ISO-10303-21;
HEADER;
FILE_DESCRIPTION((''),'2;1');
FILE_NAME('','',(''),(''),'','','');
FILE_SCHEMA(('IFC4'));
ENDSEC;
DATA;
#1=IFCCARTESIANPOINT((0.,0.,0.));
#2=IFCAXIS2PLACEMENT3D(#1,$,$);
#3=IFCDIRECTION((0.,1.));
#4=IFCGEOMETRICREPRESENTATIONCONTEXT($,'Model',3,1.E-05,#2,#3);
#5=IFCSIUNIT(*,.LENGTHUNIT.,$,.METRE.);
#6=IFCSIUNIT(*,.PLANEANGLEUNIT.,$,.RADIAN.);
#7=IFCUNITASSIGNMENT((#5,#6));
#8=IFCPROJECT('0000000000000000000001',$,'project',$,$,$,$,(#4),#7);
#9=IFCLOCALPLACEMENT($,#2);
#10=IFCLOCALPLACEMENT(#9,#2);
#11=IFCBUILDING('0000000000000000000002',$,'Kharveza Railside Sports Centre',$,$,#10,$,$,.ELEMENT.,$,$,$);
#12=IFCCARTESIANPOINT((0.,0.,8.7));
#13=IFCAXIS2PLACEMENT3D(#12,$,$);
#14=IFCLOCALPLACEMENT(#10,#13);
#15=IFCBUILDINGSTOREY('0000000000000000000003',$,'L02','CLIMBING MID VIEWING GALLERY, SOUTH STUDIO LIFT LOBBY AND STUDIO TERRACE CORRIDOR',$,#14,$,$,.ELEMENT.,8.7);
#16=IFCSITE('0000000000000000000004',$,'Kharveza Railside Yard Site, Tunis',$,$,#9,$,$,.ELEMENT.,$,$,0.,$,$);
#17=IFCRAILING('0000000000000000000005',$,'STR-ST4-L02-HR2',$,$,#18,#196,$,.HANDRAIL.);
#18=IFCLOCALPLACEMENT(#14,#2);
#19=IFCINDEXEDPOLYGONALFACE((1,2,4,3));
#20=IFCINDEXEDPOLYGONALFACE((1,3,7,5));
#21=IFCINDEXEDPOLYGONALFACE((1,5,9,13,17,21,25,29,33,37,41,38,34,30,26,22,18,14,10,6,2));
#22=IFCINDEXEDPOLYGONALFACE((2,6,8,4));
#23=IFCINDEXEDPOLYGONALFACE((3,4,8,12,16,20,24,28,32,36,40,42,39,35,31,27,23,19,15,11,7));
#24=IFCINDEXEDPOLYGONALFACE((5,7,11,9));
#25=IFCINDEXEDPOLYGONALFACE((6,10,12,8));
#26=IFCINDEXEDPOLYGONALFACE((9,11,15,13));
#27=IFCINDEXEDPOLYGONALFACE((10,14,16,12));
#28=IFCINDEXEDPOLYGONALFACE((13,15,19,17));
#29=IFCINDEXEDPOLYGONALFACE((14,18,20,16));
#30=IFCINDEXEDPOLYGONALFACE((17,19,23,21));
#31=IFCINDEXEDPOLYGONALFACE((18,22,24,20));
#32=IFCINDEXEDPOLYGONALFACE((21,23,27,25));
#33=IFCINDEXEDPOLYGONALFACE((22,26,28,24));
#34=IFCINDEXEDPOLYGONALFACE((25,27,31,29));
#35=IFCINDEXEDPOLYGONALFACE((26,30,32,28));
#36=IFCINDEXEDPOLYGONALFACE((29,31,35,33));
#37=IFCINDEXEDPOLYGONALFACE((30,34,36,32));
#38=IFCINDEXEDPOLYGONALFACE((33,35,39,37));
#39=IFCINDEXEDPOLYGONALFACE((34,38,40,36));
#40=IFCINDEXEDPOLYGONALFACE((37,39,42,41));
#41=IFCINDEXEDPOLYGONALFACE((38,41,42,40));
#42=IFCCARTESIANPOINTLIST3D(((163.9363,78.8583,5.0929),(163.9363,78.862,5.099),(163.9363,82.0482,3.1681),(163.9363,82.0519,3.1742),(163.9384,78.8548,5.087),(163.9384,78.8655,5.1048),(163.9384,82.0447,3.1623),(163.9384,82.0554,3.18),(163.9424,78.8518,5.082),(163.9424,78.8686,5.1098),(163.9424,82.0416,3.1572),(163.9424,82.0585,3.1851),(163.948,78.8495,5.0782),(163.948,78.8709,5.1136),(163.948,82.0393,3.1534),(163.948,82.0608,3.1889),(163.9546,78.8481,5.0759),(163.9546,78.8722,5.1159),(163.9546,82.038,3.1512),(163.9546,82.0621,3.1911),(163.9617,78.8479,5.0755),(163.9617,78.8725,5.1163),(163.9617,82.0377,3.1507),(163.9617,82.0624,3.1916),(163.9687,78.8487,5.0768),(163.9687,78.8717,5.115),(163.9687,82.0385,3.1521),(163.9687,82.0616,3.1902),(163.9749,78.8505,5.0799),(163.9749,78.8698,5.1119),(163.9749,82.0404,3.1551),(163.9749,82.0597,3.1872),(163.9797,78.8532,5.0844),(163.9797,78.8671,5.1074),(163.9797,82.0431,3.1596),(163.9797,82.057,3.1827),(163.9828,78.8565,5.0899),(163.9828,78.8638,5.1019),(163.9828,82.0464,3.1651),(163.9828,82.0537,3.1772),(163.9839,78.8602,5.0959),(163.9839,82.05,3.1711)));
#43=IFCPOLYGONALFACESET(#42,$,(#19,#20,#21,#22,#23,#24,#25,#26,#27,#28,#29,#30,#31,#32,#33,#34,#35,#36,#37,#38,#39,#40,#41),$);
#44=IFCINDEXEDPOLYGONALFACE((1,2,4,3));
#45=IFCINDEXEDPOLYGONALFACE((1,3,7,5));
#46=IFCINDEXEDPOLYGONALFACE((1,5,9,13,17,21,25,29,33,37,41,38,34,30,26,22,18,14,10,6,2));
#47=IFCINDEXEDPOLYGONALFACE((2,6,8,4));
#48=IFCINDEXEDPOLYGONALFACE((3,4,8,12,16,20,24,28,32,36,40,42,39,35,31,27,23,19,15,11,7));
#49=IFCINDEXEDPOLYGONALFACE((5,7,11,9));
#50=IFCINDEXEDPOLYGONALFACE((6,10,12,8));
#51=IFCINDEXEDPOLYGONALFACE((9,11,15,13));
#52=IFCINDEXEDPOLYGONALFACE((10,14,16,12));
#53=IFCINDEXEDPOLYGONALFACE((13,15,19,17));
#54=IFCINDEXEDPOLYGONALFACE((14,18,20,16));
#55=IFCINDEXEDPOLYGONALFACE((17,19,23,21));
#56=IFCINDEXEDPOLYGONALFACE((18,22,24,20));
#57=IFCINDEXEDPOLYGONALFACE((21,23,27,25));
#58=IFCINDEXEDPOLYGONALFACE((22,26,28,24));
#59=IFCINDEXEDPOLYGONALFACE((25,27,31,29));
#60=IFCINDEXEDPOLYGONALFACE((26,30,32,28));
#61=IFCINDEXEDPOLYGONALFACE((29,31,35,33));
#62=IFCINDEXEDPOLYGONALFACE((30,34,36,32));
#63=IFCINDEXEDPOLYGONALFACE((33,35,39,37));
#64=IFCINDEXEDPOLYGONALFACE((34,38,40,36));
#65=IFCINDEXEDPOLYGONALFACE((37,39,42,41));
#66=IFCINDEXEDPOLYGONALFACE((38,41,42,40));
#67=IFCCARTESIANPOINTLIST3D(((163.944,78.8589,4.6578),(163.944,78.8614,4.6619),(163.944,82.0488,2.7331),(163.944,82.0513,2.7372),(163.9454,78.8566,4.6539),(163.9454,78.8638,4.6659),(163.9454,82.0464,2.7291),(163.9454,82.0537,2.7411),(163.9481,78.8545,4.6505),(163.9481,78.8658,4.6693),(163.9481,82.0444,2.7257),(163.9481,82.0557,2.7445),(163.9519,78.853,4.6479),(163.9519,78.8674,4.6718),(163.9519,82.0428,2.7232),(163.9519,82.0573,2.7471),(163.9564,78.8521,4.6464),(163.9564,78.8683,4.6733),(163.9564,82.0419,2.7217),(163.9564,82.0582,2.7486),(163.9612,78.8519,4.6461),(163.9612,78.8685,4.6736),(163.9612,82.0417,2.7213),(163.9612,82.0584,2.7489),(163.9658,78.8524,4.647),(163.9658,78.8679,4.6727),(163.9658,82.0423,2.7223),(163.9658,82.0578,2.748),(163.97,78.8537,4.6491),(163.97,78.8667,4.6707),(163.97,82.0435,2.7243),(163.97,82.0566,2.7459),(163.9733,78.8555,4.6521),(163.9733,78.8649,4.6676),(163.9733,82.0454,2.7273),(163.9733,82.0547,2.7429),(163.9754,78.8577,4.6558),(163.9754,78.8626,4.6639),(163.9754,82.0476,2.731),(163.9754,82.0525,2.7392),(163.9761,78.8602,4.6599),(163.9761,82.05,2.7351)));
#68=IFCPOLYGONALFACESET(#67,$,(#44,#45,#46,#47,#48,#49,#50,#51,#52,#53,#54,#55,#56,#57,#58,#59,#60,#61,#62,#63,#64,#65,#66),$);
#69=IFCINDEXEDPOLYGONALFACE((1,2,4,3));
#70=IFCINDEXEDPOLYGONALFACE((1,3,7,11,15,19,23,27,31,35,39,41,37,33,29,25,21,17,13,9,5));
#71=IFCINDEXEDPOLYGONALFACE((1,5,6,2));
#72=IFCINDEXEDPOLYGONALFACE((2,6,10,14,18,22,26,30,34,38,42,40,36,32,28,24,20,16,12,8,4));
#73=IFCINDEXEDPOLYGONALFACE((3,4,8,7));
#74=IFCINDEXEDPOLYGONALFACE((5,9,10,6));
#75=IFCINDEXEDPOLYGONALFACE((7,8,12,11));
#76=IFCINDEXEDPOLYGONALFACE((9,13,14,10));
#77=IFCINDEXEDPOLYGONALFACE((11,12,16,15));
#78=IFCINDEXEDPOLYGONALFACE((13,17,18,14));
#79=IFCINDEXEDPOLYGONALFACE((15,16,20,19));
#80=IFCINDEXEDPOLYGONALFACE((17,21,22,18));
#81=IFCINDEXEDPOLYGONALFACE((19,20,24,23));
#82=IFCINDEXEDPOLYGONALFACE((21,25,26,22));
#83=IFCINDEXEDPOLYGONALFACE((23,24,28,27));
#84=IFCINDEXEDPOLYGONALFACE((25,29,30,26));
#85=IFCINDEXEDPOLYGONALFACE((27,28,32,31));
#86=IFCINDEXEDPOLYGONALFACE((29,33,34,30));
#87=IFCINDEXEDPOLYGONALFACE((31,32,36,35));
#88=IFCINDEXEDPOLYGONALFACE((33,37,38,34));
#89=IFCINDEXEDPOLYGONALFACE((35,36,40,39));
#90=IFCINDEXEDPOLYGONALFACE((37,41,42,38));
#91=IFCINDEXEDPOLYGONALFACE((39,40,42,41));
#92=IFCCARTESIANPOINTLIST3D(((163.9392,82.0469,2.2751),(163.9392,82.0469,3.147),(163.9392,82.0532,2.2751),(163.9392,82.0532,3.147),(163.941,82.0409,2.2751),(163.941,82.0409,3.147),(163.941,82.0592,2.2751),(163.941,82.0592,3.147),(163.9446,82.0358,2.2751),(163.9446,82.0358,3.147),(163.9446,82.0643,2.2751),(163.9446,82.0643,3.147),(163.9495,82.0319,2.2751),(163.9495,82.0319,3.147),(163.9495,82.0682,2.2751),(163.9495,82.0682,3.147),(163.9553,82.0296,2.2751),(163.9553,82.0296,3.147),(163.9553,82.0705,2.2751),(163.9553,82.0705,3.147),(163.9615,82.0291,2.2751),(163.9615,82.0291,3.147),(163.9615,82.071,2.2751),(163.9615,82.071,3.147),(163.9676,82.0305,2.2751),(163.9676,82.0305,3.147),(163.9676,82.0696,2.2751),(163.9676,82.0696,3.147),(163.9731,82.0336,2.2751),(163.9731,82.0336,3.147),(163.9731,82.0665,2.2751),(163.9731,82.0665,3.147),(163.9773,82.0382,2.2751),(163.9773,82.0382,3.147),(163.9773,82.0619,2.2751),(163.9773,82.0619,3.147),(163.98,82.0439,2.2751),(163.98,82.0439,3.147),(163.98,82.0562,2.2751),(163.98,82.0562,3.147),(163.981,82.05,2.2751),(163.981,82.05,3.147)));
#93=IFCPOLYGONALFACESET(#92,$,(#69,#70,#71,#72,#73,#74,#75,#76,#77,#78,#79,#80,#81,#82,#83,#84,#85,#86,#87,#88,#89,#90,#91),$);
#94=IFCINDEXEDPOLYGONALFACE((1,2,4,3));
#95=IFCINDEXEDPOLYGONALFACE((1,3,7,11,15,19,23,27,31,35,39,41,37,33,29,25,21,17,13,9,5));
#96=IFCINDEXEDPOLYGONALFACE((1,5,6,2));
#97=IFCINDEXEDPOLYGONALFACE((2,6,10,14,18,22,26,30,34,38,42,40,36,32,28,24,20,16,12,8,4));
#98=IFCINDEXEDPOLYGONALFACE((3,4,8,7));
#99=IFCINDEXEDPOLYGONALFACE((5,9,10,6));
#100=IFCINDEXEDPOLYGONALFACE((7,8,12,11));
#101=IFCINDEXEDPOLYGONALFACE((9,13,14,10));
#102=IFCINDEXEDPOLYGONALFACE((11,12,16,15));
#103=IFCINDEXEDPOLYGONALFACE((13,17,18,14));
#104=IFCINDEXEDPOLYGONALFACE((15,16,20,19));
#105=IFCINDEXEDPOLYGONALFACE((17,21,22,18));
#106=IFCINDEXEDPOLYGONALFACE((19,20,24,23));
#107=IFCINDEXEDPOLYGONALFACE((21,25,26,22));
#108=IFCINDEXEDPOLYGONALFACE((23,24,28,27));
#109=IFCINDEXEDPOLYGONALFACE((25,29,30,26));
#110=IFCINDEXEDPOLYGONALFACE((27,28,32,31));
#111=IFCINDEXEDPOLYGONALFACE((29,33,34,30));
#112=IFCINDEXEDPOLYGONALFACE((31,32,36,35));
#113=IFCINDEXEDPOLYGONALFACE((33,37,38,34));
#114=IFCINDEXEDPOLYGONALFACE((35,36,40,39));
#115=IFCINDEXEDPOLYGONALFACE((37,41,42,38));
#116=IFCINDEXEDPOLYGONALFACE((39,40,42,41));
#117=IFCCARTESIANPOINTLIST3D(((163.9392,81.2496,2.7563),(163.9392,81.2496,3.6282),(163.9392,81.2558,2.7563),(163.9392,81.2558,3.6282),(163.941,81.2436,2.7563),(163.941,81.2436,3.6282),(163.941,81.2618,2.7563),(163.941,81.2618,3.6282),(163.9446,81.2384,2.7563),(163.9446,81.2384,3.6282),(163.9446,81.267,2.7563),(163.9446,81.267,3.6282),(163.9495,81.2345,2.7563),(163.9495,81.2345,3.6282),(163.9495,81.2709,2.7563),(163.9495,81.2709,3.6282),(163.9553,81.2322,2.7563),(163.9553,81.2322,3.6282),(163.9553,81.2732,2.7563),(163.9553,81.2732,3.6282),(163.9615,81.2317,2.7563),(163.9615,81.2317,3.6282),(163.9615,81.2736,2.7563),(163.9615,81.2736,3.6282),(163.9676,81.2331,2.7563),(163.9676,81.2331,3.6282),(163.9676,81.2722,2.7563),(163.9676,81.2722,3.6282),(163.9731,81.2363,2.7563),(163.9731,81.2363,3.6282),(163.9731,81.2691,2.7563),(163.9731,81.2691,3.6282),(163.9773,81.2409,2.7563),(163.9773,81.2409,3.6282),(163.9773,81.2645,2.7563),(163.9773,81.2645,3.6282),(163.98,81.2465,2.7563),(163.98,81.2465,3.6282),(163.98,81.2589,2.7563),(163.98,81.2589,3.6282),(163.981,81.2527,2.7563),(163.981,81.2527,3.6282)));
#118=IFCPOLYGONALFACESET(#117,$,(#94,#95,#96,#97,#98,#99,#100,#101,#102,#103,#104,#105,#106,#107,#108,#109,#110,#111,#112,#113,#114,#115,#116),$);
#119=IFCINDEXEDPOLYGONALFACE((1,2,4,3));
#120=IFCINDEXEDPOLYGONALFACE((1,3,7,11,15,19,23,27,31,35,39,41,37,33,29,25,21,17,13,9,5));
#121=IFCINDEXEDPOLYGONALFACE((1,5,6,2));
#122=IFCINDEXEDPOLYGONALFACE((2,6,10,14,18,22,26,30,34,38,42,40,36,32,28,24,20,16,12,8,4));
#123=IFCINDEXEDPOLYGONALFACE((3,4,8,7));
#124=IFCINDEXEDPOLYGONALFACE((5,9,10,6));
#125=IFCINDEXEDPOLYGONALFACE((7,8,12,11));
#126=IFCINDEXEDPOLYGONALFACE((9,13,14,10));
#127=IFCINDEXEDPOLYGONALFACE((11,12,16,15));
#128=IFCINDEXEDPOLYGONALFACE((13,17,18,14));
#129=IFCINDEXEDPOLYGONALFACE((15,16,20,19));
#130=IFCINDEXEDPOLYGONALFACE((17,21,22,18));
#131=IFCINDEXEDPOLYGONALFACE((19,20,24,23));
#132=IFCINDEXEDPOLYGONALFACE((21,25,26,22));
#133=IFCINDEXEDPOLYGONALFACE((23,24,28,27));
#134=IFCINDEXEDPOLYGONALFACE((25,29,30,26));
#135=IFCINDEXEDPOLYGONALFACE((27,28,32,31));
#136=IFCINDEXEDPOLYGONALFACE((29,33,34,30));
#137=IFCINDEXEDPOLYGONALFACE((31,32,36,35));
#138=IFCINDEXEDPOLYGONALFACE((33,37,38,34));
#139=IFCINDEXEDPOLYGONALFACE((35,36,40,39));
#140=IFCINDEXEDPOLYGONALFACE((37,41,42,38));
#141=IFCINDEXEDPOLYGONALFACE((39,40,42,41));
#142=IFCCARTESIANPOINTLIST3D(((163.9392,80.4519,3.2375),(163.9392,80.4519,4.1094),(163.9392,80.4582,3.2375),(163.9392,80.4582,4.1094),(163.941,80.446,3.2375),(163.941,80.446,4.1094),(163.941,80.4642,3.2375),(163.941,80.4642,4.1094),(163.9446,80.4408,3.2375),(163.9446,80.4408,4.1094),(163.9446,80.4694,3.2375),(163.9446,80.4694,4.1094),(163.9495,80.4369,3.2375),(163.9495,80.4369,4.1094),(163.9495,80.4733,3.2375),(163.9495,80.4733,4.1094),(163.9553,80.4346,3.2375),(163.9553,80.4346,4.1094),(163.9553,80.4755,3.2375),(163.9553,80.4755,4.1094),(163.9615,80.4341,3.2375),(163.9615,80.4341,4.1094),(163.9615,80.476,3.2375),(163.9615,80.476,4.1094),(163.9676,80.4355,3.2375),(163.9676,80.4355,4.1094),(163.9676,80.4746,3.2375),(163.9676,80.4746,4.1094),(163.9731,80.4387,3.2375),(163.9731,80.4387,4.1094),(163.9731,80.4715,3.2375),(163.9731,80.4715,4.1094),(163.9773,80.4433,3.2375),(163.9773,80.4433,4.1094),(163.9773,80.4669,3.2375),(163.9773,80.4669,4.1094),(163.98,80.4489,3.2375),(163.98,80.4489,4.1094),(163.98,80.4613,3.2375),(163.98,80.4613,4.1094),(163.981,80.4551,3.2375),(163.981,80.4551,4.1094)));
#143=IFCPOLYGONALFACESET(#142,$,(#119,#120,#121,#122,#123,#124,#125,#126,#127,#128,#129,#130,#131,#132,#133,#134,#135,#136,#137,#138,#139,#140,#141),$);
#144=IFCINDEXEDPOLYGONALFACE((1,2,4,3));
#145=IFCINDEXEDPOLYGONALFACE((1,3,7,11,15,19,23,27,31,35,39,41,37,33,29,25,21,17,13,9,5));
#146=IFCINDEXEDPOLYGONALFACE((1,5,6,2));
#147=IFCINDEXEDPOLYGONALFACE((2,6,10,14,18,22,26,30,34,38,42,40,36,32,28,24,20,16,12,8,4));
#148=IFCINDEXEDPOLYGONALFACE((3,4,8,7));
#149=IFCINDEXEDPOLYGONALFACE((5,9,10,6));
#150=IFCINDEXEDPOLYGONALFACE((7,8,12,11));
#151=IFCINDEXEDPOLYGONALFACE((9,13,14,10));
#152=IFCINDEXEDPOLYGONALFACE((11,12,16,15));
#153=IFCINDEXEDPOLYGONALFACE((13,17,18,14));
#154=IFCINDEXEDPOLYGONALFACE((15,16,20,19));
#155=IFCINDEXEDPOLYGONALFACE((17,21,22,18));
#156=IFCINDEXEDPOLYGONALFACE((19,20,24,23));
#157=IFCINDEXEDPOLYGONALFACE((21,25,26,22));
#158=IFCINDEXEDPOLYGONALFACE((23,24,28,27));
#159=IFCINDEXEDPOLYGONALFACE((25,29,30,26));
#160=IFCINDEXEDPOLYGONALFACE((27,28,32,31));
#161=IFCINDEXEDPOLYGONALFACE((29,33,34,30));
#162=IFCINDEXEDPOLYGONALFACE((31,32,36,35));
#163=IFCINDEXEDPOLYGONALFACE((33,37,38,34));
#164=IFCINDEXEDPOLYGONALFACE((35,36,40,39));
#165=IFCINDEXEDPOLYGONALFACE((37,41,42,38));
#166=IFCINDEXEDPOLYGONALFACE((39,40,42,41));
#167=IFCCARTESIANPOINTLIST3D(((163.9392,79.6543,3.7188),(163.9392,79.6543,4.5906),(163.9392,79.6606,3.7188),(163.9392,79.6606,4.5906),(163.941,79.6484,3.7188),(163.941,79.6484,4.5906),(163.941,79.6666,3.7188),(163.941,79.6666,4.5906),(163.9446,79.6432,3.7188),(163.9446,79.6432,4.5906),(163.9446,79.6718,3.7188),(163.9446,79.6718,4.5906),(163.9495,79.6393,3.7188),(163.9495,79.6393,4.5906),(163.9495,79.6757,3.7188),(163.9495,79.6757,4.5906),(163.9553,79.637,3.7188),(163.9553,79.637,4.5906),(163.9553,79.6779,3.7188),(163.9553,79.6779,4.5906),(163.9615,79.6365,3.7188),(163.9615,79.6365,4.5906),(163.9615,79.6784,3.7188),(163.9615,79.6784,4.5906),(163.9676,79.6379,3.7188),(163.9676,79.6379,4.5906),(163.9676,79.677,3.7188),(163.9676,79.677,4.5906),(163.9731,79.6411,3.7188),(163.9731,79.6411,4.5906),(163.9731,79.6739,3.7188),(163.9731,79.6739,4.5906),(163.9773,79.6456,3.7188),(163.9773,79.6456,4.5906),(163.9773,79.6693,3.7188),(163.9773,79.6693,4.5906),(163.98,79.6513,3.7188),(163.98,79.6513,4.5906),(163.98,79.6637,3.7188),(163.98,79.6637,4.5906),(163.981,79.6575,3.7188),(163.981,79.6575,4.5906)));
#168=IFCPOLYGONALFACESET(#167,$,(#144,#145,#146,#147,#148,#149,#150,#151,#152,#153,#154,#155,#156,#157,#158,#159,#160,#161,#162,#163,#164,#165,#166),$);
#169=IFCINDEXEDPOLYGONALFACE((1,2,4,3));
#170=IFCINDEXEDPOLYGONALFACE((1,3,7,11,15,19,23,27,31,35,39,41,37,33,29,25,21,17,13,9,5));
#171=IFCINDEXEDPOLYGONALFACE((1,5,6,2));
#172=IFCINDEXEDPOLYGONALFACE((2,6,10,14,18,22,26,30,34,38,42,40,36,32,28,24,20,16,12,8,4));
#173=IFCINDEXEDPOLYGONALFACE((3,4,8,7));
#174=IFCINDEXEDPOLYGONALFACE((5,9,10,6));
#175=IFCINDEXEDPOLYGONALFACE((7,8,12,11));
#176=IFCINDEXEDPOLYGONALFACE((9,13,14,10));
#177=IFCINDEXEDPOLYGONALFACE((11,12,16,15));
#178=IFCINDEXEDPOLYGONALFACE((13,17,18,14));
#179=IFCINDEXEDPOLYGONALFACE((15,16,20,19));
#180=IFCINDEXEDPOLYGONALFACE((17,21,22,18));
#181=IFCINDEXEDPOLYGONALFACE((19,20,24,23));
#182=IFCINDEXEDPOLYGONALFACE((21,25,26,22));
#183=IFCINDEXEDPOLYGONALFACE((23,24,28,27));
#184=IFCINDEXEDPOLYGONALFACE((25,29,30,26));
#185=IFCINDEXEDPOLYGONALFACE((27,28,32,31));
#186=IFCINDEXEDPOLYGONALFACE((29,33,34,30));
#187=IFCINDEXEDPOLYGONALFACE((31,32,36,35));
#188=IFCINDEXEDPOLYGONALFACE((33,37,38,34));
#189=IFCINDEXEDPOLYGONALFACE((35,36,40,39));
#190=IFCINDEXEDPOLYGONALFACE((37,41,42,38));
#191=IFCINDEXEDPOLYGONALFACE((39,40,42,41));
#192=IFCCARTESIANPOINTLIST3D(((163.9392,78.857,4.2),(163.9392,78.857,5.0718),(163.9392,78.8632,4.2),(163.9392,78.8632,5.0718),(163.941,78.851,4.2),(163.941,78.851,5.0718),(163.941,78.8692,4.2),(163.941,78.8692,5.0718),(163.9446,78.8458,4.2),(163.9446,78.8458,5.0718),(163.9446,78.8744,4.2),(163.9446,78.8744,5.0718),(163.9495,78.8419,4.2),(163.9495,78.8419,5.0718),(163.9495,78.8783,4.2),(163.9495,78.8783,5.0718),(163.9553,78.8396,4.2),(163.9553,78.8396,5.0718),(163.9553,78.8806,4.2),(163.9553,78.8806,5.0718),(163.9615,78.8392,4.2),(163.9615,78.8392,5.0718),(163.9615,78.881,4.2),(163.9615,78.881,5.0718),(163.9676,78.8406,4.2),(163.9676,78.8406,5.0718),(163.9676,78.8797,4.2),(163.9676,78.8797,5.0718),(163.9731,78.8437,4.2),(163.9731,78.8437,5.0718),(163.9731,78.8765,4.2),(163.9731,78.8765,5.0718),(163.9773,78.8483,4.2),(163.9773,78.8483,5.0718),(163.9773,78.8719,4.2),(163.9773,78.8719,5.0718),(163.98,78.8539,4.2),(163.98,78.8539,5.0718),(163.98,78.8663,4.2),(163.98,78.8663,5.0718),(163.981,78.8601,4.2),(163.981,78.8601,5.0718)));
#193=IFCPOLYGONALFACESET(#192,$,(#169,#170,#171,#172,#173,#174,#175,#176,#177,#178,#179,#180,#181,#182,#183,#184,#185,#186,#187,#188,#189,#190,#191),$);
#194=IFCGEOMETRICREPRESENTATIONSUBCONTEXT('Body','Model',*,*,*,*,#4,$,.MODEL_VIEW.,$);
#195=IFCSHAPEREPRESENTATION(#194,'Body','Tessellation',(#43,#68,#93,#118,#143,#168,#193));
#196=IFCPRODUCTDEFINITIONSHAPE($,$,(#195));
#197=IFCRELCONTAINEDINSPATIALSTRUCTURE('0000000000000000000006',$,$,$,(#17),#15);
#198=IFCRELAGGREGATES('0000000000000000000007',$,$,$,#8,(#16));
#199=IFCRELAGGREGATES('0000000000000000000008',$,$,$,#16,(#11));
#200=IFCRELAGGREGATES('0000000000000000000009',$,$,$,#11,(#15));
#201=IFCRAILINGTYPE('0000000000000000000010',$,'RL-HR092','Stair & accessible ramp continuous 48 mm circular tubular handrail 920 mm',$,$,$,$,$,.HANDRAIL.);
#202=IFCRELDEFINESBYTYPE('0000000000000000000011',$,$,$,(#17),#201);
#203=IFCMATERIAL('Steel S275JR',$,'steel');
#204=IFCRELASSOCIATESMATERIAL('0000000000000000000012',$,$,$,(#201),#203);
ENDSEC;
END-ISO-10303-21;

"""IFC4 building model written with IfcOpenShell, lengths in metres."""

from ifc_helpers import new_model, si_unit, direction, frame, origin, origin_2d, place, context, subcontext, project, spatial, circle, extrude, material, type_object, element, save


model = new_model("IFC4")

# Units and contexts
model_context = context("Model", 3, precision=1e-05, world=origin(), true_north=direction((0.0, 1.0)))
body_context = subcontext(model_context, "Body", "Model", "MODEL_VIEW")
ifc_project = project(units=[si_unit("LENGTHUNIT", "METRE"), si_unit("PLANEANGLEUNIT", "RADIAN")], contexts=[model_context])

# Site, building, storey
site_placement = place(None, origin())
site = spatial("IfcSite", under=ifc_project, at=site_placement, Name="Kharveza Railside Yard Site, Tunis", CompositionType="ELEMENT", RefElevation=0.0)
building_placement = place(site_placement, origin())
building = spatial("IfcBuilding", under=site, at=building_placement, Name="Kharveza Railside Sports Centre", CompositionType="ELEMENT")
storey_placement = place(building_placement, frame((0.0, 0.0, 8.7)))
storey = spatial("IfcBuildingStorey", under=building, at=storey_placement, Name="L02", Description="CLIMBING MID VIEWING GALLERY, SOUTH STUDIO LIFT LOBBY AND STUDIO TERRACE CORRIDOR", CompositionType="ELEMENT", Elevation=8.7)

# Railing
ifc_material_1 = material(Name="Steel S275JR", Category="steel")
railing_type_1 = type_object("IfcRailingType", Name="RL-HR092", Description="Stair & accessible ramp continuous 48 mm circular tubular handrail 920 mm", PredefinedType="HANDRAIL", material=ifc_material_1)
railing_1_placement = place(storey_placement, frame((163.96, 82.05, 2.2751)))
element("IfcRailing", 1, at=railing_1_placement, inside=storey, type_object=railing_type_1, Name="STR-ST4-L02-HR2", PredefinedType="HANDRAIL", context=body_context, shape_type="SweptSolid", body=[
    extrude(circle(Radius=0.0239, at=origin_2d()), frame((0.0, 0.0, 0.896), z_axis=(0.0, -0.856207, 0.516633), x_axis=(1.0, 0.0, 0.0)), (0.0, 0.0, 1.0), 3.7256),
    extrude(circle(Radius=0.0161, at=origin_2d()), frame((0.0, 0.0, 0.46), z_axis=(0.0, -0.856207, 0.516633), x_axis=(1.0, 0.0, 0.0)), (0.0, 0.0, 1.0), 3.7256),
    extrude(circle(Radius=0.021, at=origin_2d()), origin(), (0.0, 0.0, 1.0), 0.8718),
    extrude(circle(Radius=0.021, at=origin_2d()), frame((0.0, -0.7974, 0.4812)), (0.0, 0.0, 1.0), 0.8718),
    extrude(circle(Radius=0.021, at=origin_2d()), frame((0.0, -1.595, 0.9624)), (0.0, 0.0, 1.0), 0.8718),
    extrude(circle(Radius=0.021, at=origin_2d()), frame((0.0, -2.3926, 1.4436)), (0.0, 0.0, 1.0), 0.8718),
    extrude(circle(Radius=0.021, at=origin_2d()), frame((0.0, -3.1899, 1.9248)), (0.0, 0.0, 1.0), 0.8718),
])

save(model, "model.ifc")
